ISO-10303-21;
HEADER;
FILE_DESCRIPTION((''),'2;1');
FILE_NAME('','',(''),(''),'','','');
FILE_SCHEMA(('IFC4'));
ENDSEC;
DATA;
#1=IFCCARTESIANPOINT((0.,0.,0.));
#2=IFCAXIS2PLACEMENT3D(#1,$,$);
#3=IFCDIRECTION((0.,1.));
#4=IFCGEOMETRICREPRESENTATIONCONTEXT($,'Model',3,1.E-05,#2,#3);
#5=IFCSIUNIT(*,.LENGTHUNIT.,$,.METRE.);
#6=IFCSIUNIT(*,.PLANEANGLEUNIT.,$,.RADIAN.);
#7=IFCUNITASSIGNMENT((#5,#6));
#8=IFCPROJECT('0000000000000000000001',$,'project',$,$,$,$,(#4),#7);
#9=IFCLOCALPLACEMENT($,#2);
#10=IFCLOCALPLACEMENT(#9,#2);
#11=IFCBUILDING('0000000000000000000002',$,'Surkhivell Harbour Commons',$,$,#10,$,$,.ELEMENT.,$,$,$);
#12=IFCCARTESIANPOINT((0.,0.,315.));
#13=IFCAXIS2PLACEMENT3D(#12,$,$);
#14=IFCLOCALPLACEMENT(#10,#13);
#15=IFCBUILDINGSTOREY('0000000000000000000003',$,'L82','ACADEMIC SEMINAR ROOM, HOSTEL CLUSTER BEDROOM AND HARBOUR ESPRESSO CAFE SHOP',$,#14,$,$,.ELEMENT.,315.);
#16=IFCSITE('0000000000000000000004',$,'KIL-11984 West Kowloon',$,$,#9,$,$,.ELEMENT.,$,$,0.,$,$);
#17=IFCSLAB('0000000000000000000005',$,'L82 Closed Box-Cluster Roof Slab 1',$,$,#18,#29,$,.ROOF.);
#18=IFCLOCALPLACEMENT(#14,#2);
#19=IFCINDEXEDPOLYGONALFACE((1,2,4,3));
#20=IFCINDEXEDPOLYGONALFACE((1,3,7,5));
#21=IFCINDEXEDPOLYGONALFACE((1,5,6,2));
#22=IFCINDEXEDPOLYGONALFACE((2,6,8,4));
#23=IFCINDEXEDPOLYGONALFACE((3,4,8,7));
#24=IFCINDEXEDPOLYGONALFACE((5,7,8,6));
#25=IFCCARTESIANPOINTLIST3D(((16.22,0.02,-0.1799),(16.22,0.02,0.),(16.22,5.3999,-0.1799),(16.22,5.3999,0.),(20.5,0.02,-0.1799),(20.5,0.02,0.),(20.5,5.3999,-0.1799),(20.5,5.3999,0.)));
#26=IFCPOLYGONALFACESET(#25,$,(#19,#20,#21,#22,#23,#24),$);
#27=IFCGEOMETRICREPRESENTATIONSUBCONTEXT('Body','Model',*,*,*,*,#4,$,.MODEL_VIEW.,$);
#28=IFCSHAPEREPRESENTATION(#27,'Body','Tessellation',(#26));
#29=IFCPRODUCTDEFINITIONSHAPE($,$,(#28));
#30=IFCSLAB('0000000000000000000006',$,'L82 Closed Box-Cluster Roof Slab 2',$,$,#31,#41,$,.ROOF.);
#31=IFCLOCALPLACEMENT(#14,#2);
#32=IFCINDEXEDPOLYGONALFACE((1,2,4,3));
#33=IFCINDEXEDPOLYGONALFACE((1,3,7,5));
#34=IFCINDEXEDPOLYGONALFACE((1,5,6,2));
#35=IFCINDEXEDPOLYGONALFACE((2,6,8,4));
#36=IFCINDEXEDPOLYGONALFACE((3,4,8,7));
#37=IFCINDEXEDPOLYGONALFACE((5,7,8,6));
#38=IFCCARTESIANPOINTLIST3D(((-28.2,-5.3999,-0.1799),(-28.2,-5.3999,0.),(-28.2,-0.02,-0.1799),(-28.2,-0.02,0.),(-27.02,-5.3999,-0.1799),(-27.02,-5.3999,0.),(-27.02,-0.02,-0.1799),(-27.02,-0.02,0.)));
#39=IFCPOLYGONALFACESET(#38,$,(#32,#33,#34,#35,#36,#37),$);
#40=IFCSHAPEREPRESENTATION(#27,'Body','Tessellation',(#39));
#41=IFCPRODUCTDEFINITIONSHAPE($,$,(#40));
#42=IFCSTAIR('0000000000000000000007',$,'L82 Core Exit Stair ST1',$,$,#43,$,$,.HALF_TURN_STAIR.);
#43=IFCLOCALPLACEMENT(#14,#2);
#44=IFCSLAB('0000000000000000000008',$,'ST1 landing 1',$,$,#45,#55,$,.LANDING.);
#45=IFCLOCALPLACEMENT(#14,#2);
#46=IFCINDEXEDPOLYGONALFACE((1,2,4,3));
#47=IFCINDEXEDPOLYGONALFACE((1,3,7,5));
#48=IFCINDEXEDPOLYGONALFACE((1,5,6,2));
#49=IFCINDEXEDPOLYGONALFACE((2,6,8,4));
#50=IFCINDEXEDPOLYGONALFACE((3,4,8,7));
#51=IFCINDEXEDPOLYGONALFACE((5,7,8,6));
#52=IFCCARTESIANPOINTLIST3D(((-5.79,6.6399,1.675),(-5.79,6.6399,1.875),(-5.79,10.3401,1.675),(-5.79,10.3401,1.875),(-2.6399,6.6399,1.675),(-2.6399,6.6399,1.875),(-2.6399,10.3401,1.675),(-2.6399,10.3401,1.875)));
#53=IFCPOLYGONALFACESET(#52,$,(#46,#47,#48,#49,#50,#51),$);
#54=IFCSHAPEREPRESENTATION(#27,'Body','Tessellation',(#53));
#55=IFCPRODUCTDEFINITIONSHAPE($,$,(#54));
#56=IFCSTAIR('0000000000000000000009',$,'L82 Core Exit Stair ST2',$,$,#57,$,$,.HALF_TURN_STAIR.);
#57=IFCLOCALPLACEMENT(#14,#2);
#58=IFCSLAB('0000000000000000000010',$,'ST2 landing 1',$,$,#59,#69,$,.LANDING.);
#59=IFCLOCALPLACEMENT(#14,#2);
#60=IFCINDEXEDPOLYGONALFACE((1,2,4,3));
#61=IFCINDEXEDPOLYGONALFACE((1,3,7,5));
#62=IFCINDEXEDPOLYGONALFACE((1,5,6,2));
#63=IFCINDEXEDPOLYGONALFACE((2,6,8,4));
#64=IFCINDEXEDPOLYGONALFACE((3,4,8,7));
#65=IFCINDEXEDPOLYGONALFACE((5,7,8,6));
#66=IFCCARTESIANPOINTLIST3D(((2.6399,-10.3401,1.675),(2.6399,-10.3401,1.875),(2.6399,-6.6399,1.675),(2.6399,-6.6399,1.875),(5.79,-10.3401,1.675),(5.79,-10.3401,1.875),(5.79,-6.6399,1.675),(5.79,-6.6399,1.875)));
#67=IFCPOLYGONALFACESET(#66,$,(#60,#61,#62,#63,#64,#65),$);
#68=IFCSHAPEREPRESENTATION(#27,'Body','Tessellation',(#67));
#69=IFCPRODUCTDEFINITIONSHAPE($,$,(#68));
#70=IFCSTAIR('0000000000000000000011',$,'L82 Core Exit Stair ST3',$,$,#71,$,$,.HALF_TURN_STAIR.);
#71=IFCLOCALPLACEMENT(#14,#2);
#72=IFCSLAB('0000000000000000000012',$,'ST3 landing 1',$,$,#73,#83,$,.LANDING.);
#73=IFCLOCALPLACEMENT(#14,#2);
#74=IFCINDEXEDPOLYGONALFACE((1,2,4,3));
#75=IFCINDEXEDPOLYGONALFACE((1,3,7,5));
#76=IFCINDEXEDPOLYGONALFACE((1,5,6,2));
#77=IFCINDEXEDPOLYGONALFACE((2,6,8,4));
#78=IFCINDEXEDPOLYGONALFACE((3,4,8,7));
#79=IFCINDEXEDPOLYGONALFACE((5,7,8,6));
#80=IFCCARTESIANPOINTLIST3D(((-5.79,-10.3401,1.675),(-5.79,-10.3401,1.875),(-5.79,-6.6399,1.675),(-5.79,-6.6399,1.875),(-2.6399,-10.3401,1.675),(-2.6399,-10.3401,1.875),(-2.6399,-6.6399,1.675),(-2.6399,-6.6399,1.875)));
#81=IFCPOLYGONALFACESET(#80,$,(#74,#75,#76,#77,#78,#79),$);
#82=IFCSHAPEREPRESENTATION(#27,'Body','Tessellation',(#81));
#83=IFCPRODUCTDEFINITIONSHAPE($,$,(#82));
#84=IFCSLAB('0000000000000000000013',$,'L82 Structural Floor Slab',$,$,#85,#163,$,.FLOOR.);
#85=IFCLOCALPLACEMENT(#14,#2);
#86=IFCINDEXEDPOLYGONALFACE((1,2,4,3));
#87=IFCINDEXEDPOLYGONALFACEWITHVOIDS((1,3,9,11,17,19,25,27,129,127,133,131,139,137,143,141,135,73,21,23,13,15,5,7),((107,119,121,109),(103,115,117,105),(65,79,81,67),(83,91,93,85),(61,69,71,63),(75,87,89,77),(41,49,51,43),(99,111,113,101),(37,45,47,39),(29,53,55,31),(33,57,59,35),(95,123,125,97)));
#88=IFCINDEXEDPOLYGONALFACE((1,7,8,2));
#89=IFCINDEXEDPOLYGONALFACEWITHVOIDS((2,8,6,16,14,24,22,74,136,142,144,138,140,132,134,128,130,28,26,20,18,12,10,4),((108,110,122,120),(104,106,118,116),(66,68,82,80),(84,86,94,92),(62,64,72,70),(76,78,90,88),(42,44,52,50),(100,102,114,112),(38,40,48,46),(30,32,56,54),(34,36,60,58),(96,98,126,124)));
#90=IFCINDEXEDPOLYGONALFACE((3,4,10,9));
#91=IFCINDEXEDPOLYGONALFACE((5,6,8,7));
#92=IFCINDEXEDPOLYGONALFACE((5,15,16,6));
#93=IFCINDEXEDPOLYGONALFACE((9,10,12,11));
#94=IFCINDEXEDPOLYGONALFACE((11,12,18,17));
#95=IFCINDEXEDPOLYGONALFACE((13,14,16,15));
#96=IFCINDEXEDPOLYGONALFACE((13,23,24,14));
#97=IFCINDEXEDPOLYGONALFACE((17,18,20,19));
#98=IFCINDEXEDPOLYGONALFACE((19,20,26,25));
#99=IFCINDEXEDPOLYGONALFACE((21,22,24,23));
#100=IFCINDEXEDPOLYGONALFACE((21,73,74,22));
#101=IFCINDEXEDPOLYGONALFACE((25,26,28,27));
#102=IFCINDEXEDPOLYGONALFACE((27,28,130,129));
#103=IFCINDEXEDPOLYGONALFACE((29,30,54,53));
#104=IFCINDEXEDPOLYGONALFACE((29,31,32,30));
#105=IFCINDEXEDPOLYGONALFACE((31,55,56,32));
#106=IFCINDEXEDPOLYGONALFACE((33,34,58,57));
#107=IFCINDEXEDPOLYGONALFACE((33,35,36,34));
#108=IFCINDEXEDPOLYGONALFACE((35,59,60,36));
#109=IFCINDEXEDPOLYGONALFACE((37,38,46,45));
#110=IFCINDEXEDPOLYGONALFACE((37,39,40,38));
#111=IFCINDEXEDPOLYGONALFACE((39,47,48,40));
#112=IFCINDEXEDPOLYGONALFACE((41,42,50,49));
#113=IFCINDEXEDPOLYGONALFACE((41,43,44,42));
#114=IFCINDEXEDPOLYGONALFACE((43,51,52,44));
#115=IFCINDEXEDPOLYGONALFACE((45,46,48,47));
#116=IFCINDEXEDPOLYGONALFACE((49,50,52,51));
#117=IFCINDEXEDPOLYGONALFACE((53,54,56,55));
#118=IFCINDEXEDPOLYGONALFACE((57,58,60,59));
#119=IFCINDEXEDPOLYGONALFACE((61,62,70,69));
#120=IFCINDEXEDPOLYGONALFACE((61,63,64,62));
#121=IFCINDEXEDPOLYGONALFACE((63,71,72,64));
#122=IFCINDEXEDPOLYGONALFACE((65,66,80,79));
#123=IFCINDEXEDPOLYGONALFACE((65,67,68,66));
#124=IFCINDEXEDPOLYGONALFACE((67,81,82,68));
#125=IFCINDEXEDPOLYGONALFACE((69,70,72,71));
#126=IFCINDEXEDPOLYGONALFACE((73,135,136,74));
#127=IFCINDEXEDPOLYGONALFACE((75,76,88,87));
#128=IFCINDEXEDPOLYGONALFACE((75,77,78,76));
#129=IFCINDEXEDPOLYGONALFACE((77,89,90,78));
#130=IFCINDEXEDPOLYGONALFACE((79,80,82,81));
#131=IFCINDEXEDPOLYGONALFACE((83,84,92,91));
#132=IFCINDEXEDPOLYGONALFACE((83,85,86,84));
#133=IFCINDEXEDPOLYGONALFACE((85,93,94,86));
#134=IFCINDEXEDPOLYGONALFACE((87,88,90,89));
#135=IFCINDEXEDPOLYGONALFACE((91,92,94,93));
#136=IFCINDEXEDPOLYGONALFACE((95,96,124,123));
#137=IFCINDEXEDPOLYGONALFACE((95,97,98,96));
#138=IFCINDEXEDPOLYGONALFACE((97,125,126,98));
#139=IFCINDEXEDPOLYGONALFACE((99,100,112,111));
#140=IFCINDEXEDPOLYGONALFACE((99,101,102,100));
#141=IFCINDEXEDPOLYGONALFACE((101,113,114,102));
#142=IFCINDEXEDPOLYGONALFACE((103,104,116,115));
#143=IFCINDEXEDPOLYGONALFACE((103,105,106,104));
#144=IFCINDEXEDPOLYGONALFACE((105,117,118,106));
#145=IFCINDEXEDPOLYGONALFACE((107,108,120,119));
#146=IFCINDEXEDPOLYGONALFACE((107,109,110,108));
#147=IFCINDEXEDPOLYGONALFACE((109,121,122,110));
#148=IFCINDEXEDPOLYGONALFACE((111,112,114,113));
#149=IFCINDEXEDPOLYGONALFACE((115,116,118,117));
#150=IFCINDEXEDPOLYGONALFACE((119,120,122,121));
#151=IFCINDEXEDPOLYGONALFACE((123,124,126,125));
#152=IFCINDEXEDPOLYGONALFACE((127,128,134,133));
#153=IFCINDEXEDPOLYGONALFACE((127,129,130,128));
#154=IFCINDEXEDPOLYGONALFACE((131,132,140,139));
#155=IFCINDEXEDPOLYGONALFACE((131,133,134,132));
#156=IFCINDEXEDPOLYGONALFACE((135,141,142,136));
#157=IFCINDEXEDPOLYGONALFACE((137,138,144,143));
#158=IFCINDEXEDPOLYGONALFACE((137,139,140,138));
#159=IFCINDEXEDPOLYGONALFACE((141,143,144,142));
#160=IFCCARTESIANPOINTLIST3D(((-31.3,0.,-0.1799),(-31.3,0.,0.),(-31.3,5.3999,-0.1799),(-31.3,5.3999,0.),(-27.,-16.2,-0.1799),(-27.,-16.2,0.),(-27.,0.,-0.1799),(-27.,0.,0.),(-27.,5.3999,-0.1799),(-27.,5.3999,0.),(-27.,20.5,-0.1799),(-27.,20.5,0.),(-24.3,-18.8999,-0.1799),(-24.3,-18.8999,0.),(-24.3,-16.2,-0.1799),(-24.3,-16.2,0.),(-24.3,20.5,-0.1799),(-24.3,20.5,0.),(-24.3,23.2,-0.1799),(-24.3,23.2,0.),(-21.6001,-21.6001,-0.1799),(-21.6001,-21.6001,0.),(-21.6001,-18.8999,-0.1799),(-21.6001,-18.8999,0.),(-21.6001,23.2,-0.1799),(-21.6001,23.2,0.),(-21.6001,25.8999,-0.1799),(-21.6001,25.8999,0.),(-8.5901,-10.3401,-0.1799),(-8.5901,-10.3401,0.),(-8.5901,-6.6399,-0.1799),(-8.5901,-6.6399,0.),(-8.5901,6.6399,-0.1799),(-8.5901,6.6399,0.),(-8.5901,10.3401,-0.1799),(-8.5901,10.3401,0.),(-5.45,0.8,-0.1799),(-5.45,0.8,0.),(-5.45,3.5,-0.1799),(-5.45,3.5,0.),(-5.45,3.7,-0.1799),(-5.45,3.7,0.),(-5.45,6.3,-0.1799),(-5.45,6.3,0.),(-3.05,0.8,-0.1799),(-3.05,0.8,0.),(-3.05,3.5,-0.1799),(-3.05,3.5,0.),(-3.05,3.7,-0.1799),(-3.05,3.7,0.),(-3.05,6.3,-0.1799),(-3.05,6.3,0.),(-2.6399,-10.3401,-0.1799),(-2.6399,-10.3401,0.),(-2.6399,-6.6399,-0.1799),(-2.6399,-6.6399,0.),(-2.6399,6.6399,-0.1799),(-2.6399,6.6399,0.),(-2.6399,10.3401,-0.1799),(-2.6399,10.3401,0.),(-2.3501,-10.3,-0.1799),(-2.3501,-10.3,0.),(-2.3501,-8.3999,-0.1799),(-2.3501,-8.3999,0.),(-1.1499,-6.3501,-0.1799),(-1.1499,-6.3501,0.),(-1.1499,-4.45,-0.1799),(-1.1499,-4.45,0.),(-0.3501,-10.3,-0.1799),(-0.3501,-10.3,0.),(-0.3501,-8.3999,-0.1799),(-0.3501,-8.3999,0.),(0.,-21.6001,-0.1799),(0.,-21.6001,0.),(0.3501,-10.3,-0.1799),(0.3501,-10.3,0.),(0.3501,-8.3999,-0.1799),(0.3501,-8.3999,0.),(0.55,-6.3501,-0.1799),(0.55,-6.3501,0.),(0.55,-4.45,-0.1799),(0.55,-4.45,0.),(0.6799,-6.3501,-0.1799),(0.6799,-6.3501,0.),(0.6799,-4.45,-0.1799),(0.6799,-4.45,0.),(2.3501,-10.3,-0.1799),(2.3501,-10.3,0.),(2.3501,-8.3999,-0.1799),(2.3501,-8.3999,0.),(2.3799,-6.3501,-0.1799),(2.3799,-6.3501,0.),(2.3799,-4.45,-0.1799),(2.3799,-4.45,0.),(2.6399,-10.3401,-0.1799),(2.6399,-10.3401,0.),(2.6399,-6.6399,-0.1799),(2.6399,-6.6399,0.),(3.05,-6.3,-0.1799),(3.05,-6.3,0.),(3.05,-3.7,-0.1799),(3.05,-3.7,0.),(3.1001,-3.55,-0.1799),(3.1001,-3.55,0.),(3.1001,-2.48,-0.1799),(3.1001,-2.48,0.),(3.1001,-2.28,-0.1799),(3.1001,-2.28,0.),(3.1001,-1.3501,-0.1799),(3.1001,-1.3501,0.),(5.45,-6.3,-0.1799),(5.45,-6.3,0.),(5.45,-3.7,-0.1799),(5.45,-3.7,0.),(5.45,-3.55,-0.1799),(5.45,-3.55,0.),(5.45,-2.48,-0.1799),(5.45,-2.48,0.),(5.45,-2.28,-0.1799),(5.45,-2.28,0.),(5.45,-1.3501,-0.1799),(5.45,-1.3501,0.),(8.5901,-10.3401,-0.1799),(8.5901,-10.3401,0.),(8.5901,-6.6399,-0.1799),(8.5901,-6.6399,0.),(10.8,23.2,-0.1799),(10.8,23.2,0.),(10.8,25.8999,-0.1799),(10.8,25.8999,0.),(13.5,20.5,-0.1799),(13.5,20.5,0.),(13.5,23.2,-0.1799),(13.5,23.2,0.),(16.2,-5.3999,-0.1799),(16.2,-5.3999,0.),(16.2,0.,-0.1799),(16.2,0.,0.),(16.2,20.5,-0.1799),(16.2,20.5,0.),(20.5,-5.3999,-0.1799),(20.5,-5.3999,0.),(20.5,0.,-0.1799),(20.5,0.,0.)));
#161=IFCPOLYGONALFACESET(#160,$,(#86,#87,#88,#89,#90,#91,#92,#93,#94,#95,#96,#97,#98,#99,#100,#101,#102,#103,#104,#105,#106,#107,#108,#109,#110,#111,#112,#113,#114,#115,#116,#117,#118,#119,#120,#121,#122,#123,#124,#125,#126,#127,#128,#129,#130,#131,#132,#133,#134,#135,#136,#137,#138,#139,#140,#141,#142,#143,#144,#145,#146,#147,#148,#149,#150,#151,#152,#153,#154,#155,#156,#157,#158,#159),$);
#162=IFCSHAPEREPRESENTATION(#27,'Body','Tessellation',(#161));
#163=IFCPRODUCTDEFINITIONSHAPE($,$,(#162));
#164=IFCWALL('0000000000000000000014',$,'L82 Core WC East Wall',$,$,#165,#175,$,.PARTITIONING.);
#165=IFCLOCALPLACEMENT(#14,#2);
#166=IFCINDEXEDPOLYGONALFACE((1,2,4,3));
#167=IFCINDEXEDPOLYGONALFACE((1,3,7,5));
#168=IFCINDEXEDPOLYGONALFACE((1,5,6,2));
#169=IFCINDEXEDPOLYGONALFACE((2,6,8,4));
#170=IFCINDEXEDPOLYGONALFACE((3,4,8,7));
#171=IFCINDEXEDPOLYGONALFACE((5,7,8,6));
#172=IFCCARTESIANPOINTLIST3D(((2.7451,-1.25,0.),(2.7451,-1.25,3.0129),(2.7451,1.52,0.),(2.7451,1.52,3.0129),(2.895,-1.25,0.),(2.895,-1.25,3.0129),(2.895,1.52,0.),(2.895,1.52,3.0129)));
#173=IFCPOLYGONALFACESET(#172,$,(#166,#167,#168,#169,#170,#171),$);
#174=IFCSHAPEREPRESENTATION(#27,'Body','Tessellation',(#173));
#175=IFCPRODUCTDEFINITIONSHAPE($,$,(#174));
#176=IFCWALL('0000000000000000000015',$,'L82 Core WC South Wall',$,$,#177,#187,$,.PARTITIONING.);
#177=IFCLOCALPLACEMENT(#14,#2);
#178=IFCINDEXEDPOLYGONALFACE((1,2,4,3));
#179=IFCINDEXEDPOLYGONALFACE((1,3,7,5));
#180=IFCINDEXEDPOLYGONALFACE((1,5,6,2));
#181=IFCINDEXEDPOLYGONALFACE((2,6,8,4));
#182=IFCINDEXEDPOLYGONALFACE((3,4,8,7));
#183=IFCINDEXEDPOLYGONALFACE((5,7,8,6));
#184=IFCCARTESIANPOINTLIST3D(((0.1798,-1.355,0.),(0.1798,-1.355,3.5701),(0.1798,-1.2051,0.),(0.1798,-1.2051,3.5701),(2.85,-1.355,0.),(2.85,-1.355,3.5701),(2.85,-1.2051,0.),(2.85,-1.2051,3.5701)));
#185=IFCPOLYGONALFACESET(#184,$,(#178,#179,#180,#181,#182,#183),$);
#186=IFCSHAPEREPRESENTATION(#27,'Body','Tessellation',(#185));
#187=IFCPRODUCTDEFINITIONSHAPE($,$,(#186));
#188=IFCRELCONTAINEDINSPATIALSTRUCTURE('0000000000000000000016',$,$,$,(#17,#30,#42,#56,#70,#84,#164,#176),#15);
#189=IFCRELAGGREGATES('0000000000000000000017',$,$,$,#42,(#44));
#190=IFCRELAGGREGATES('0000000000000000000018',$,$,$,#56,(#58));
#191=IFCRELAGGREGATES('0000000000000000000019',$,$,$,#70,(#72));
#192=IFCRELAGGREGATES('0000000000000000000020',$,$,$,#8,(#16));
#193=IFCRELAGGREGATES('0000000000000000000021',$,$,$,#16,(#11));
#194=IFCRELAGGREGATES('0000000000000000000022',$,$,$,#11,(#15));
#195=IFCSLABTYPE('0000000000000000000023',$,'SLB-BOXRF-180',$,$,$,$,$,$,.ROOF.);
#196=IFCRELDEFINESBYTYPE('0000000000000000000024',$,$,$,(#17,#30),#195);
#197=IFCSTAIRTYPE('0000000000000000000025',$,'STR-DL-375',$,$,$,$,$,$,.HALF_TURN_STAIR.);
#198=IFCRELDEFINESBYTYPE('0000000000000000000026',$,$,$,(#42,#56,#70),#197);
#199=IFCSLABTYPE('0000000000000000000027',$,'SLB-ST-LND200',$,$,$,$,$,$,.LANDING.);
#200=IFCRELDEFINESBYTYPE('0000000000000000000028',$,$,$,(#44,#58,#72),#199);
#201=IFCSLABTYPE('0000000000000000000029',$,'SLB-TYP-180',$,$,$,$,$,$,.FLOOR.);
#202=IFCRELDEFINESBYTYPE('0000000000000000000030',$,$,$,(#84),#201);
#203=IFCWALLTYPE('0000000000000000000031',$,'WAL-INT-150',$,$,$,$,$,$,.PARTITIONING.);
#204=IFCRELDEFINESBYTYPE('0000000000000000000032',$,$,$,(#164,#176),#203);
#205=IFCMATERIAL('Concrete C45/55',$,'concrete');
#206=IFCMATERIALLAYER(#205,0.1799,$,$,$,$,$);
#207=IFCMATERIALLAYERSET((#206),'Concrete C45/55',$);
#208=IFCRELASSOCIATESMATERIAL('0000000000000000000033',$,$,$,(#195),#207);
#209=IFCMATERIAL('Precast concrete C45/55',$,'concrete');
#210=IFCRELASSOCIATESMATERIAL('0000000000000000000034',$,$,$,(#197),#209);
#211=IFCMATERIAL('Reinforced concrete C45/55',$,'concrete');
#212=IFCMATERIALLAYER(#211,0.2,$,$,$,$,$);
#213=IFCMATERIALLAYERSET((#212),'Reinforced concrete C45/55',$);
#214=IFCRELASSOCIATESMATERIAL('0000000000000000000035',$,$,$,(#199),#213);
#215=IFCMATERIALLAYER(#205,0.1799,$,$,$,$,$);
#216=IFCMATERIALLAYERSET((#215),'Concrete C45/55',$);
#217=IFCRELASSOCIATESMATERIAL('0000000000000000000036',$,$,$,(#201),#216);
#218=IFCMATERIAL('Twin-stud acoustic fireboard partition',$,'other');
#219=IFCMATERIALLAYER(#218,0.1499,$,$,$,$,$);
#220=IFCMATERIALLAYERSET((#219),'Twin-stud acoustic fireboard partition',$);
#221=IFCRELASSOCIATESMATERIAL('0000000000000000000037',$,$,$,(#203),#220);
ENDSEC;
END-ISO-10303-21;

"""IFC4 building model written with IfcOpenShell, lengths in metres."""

from ifc_helpers import new_model, si_unit, direction, frame, frame_2d, origin, place, context, subcontext, project, spatial, polyline, rectangle, outline, extrude, material, layer, layer_set, type_object, element, aggregate, save


model = new_model("IFC4")

# Units and contexts
model_context = context("Model", 3, precision=1e-05, world=origin(), true_north=direction((0.0, 1.0)))
body_context = subcontext(model_context, "Body", "Model", "MODEL_VIEW")
ifc_project = project(units=[si_unit("LENGTHUNIT", "METRE"), si_unit("PLANEANGLEUNIT", "RADIAN")], contexts=[model_context])

# Site, building, storey
site_placement = place(None, origin())
site = spatial("IfcSite", under=ifc_project, at=site_placement, Name="KIL-11984 West Kowloon", CompositionType="ELEMENT", RefElevation=0.0)
building_placement = place(site_placement, origin())
building = spatial("IfcBuilding", under=site, at=building_placement, Name="Surkhivell Harbour Commons", CompositionType="ELEMENT")
storey_placement = place(building_placement, frame((0.0, 0.0, 315.0)))
storey = spatial("IfcBuildingStorey", under=building, at=storey_placement, Name="L82", Description="ACADEMIC SEMINAR ROOM, HOSTEL CLUSTER BEDROOM AND HARBOUR ESPRESSO CAFE SHOP", CompositionType="ELEMENT", Elevation=315.0)

# Slabs
ifc_material_1 = material(Name="Concrete C45/55", Category="concrete")
ifc_layer_1 = layer(ifc_material_1, 0.1799)
ifc_layer_set_1 = layer_set([ifc_layer_1], Name="Concrete C45/55")
slab_type_1 = type_object("IfcSlabType", Name="SLB-BOXRF-180", PredefinedType="ROOF", material=ifc_layer_set_1)
slab_1_placement = place(storey_placement, frame((0.0, 0.0, -0.1799)))
element("IfcSlab", 1, at=slab_1_placement, inside=storey, type_object=slab_type_1, Name="L82 Closed Box-Cluster Roof Slab 1", PredefinedType="ROOF", context=body_context, shape_type="SweptSolid", body=[
    extrude(outline(polyline([(20.5, 5.3999), (16.22, 5.3999), (16.22, 0.02), (20.5, 0.02), (20.5, 5.3999)])), origin(), (0.0, 0.0, 1.0), 0.1799),
])
slab_2_placement = place(storey_placement, frame((0.0, 0.0, -0.1799)))
element("IfcSlab", 2, at=slab_2_placement, inside=storey, type_object=slab_type_1, Name="L82 Closed Box-Cluster Roof Slab 2", PredefinedType="ROOF", context=body_context, shape_type="SweptSolid", body=[
    extrude(outline(polyline([(-28.2, -5.3999), (-27.02, -5.3999), (-27.02, -0.02), (-28.2, -0.02), (-28.2, -5.3999)])), origin(), (0.0, 0.0, 1.0), 0.1799),
])

# Stairs, slabs
ifc_material_2 = material(Name="Precast concrete C45/55", Category="concrete")
stair_type = type_object("IfcStairType", Name="STR-DL-375", PredefinedType="HALF_TURN_STAIR", material=ifc_material_2)
stair_1_placement = place(storey_placement, origin())
stair_1 = element("IfcStair", 3, at=stair_1_placement, inside=storey, type_object=stair_type, Name="L82 Core Exit Stair ST1", PredefinedType="HALF_TURN_STAIR")
ifc_material_3 = material(Name="Reinforced concrete C45/55", Category="concrete")
ifc_layer_2 = layer(ifc_material_3, 0.2)
ifc_layer_set_2 = layer_set([ifc_layer_2], Name="Reinforced concrete C45/55")
slab_type_2 = type_object("IfcSlabType", Name="SLB-ST-LND200", PredefinedType="LANDING", material=ifc_layer_set_2)
slab_3_placement = place(storey_placement, frame((0.0, 0.0, 1.675)))
slab_3 = element("IfcSlab", 4, at=slab_3_placement, type_object=slab_type_2, Name="ST1 landing 1", PredefinedType="LANDING", context=body_context, shape_type="SweptSolid", body=[
    extrude(outline(polyline([(-5.79, 6.6399), (-2.6399, 6.6399), (-2.6399, 10.3401), (-5.79, 10.3401), (-5.79, 6.6399)])), origin(), (0.0, 0.0, 1.0), 0.2),
])
aggregate(stair_1, [slab_3])
stair_2_placement = place(storey_placement, origin())
stair_2 = element("IfcStair", 5, at=stair_2_placement, inside=storey, type_object=stair_type, Name="L82 Core Exit Stair ST2", PredefinedType="HALF_TURN_STAIR")
slab_4_placement = place(storey_placement, frame((0.0, 0.0, 1.675)))
slab_4 = element("IfcSlab", 6, at=slab_4_placement, type_object=slab_type_2, Name="ST2 landing 1", PredefinedType="LANDING", context=body_context, shape_type="SweptSolid", body=[
    extrude(outline(polyline([(5.79, -6.6399), (2.6399, -6.6399), (2.6399, -10.3401), (5.79, -10.3401), (5.79, -6.6399)])), origin(), (0.0, 0.0, 1.0), 0.2),
])
aggregate(stair_2, [slab_4])
stair_3_placement = place(storey_placement, origin())
stair_3 = element("IfcStair", 7, at=stair_3_placement, inside=storey, type_object=stair_type, Name="L82 Core Exit Stair ST3", PredefinedType="HALF_TURN_STAIR")
slab_5_placement = place(storey_placement, frame((0.0, 0.0, 1.675)))
slab_5 = element("IfcSlab", 8, at=slab_5_placement, type_object=slab_type_2, Name="ST3 landing 1", PredefinedType="LANDING", context=body_context, shape_type="SweptSolid", body=[
    extrude(outline(polyline([(-5.79, -10.3401), (-2.6399, -10.3401), (-2.6399, -6.6399), (-5.79, -6.6399), (-5.79, -10.3401)])), origin(), (0.0, 0.0, 1.0), 0.2),
])
aggregate(stair_3, [slab_5])

# Slab
ifc_layer_3 = layer(ifc_material_1, 0.1799)
ifc_layer_set_3 = layer_set([ifc_layer_3], Name="Concrete C45/55")
slab_type_3 = type_object("IfcSlabType", Name="SLB-TYP-180", PredefinedType="FLOOR", material=ifc_layer_set_3)
slab_6_placement = place(storey_placement, frame((0.0, 0.0, -0.1799)))
element("IfcSlab", 9, at=slab_6_placement, inside=storey, type_object=slab_type_3, Name="L82 Structural Floor Slab", PredefinedType="FLOOR", context=body_context, shape_type="SweptSolid", body=[
    extrude(outline(polyline([(-27.0, 20.5), (-27.0, 5.3999), (-31.3, 5.3999), (-31.3, 0.0), (-27.0, 0.0), (-27.0, -16.2), (-24.3, -16.2), (-24.3, -18.8999), (-21.6001, -18.8999), (-21.6001, -21.6001), (0.0, -21.6001), (16.2, -5.3999), (20.5, -5.3999), (20.5, 0.0), (16.2, 0.0), (16.2, 20.5), (13.5, 20.5), (13.5, 23.2), (10.8, 23.2), (10.8, 25.8999), (-21.6001, 25.8999), (-21.6001, 23.2), (-24.3, 23.2), (-24.3, 20.5), (-27.0, 20.5)]), holes=[polyline([(-8.5901, 6.6399), (-2.6399, 6.6399), (-2.6399, 10.3401), (-8.5901, 10.3401), (-8.5901, 6.6399)]), polyline([(8.5901, -6.6399), (2.6399, -6.6399), (2.6399, -10.3401), (8.5901, -10.3401), (8.5901, -6.6399)]), polyline([(-8.5901, -10.3401), (-2.6399, -10.3401), (-2.6399, -6.6399), (-8.5901, -6.6399), (-8.5901, -10.3401)]), polyline([(-1.1499, -6.3501), (0.55, -6.3501), (0.55, -4.45), (-1.1499, -4.45), (-1.1499, -6.3501)]), polyline([(0.6799, -6.3501), (2.3799, -6.3501), (2.3799, -4.45), (0.6799, -4.45), (0.6799, -6.3501)]), polyline([(-2.3501, -10.3), (-0.3501, -10.3), (-0.3501, -8.3999), (-2.3501, -8.3999), (-2.3501, -10.3)]), polyline([(0.3501, -10.3), (2.3501, -10.3), (2.3501, -8.3999), (0.3501, -8.3999), (0.3501, -10.3)]), polyline([(-5.45, 3.7), (-3.05, 3.7), (-3.05, 6.3), (-5.45, 6.3), (-5.45, 3.7)]), polyline([(3.05, -6.3), (5.45, -6.3), (5.45, -3.7), (3.05, -3.7), (3.05, -6.3)]), polyline([(-5.45, 0.8), (-3.05, 0.8), (-3.05, 3.5), (-5.45, 3.5), (-5.45, 0.8)]), polyline([(3.1001, -3.55), (5.45, -3.55), (5.45, -2.48), (3.1001, -2.48), (3.1001, -3.55)]), polyline([(3.1001, -2.28), (5.45, -2.28), (5.45, -1.3501), (3.1001, -1.3501), (3.1001, -2.28)])]), origin(), (0.0, 0.0, 1.0), 0.1799),
])

# Walls
ifc_material_4 = material(Name="Twin-stud acoustic fireboard partition", Category="other")
ifc_layer_4 = layer(ifc_material_4, 0.1499)
ifc_layer_set_4 = layer_set([ifc_layer_4], Name="Twin-stud acoustic fireboard partition")
wall_type_1 = type_object("IfcWallType", Name="WAL-INT-150", PredefinedType="PARTITIONING", material=ifc_layer_set_4)
wall_1_placement = place(storey_placement, frame((2.8201, -1.25, 0.0), z_axis=(0.0, 0.0, 1.0), x_axis=(0.0, 1.0, 0.0)))
element("IfcWall", 10, at=wall_1_placement, inside=storey, type_object=wall_type_1, Name="L82 Core WC East Wall", PredefinedType="PARTITIONING", context=body_context, shape_type="SweptSolid", body=[
    extrude(rectangle(XDim=2.77, YDim=0.1499, at=frame_2d((1.385, 0.0))), origin(), (0.0, 0.0, 1.0), 3.0129),
])
wall_2_placement = place(storey_placement, frame((0.1799, -1.28, 0.0), z_axis=(0.0, 0.0, 1.0), x_axis=(1.0, 0.0, 0.0)))
element("IfcWall", 11, at=wall_2_placement, inside=storey, type_object=wall_type_1, Name="L82 Core WC South Wall", PredefinedType="PARTITIONING", context=body_context, shape_type="SweptSolid", body=[
    extrude(rectangle(XDim=2.6702, YDim=0.1499, at=frame_2d((1.335, 0.0))), origin(), (0.0, 0.0, 1.0), 3.5701),
])

save(model, "model.ifc")
